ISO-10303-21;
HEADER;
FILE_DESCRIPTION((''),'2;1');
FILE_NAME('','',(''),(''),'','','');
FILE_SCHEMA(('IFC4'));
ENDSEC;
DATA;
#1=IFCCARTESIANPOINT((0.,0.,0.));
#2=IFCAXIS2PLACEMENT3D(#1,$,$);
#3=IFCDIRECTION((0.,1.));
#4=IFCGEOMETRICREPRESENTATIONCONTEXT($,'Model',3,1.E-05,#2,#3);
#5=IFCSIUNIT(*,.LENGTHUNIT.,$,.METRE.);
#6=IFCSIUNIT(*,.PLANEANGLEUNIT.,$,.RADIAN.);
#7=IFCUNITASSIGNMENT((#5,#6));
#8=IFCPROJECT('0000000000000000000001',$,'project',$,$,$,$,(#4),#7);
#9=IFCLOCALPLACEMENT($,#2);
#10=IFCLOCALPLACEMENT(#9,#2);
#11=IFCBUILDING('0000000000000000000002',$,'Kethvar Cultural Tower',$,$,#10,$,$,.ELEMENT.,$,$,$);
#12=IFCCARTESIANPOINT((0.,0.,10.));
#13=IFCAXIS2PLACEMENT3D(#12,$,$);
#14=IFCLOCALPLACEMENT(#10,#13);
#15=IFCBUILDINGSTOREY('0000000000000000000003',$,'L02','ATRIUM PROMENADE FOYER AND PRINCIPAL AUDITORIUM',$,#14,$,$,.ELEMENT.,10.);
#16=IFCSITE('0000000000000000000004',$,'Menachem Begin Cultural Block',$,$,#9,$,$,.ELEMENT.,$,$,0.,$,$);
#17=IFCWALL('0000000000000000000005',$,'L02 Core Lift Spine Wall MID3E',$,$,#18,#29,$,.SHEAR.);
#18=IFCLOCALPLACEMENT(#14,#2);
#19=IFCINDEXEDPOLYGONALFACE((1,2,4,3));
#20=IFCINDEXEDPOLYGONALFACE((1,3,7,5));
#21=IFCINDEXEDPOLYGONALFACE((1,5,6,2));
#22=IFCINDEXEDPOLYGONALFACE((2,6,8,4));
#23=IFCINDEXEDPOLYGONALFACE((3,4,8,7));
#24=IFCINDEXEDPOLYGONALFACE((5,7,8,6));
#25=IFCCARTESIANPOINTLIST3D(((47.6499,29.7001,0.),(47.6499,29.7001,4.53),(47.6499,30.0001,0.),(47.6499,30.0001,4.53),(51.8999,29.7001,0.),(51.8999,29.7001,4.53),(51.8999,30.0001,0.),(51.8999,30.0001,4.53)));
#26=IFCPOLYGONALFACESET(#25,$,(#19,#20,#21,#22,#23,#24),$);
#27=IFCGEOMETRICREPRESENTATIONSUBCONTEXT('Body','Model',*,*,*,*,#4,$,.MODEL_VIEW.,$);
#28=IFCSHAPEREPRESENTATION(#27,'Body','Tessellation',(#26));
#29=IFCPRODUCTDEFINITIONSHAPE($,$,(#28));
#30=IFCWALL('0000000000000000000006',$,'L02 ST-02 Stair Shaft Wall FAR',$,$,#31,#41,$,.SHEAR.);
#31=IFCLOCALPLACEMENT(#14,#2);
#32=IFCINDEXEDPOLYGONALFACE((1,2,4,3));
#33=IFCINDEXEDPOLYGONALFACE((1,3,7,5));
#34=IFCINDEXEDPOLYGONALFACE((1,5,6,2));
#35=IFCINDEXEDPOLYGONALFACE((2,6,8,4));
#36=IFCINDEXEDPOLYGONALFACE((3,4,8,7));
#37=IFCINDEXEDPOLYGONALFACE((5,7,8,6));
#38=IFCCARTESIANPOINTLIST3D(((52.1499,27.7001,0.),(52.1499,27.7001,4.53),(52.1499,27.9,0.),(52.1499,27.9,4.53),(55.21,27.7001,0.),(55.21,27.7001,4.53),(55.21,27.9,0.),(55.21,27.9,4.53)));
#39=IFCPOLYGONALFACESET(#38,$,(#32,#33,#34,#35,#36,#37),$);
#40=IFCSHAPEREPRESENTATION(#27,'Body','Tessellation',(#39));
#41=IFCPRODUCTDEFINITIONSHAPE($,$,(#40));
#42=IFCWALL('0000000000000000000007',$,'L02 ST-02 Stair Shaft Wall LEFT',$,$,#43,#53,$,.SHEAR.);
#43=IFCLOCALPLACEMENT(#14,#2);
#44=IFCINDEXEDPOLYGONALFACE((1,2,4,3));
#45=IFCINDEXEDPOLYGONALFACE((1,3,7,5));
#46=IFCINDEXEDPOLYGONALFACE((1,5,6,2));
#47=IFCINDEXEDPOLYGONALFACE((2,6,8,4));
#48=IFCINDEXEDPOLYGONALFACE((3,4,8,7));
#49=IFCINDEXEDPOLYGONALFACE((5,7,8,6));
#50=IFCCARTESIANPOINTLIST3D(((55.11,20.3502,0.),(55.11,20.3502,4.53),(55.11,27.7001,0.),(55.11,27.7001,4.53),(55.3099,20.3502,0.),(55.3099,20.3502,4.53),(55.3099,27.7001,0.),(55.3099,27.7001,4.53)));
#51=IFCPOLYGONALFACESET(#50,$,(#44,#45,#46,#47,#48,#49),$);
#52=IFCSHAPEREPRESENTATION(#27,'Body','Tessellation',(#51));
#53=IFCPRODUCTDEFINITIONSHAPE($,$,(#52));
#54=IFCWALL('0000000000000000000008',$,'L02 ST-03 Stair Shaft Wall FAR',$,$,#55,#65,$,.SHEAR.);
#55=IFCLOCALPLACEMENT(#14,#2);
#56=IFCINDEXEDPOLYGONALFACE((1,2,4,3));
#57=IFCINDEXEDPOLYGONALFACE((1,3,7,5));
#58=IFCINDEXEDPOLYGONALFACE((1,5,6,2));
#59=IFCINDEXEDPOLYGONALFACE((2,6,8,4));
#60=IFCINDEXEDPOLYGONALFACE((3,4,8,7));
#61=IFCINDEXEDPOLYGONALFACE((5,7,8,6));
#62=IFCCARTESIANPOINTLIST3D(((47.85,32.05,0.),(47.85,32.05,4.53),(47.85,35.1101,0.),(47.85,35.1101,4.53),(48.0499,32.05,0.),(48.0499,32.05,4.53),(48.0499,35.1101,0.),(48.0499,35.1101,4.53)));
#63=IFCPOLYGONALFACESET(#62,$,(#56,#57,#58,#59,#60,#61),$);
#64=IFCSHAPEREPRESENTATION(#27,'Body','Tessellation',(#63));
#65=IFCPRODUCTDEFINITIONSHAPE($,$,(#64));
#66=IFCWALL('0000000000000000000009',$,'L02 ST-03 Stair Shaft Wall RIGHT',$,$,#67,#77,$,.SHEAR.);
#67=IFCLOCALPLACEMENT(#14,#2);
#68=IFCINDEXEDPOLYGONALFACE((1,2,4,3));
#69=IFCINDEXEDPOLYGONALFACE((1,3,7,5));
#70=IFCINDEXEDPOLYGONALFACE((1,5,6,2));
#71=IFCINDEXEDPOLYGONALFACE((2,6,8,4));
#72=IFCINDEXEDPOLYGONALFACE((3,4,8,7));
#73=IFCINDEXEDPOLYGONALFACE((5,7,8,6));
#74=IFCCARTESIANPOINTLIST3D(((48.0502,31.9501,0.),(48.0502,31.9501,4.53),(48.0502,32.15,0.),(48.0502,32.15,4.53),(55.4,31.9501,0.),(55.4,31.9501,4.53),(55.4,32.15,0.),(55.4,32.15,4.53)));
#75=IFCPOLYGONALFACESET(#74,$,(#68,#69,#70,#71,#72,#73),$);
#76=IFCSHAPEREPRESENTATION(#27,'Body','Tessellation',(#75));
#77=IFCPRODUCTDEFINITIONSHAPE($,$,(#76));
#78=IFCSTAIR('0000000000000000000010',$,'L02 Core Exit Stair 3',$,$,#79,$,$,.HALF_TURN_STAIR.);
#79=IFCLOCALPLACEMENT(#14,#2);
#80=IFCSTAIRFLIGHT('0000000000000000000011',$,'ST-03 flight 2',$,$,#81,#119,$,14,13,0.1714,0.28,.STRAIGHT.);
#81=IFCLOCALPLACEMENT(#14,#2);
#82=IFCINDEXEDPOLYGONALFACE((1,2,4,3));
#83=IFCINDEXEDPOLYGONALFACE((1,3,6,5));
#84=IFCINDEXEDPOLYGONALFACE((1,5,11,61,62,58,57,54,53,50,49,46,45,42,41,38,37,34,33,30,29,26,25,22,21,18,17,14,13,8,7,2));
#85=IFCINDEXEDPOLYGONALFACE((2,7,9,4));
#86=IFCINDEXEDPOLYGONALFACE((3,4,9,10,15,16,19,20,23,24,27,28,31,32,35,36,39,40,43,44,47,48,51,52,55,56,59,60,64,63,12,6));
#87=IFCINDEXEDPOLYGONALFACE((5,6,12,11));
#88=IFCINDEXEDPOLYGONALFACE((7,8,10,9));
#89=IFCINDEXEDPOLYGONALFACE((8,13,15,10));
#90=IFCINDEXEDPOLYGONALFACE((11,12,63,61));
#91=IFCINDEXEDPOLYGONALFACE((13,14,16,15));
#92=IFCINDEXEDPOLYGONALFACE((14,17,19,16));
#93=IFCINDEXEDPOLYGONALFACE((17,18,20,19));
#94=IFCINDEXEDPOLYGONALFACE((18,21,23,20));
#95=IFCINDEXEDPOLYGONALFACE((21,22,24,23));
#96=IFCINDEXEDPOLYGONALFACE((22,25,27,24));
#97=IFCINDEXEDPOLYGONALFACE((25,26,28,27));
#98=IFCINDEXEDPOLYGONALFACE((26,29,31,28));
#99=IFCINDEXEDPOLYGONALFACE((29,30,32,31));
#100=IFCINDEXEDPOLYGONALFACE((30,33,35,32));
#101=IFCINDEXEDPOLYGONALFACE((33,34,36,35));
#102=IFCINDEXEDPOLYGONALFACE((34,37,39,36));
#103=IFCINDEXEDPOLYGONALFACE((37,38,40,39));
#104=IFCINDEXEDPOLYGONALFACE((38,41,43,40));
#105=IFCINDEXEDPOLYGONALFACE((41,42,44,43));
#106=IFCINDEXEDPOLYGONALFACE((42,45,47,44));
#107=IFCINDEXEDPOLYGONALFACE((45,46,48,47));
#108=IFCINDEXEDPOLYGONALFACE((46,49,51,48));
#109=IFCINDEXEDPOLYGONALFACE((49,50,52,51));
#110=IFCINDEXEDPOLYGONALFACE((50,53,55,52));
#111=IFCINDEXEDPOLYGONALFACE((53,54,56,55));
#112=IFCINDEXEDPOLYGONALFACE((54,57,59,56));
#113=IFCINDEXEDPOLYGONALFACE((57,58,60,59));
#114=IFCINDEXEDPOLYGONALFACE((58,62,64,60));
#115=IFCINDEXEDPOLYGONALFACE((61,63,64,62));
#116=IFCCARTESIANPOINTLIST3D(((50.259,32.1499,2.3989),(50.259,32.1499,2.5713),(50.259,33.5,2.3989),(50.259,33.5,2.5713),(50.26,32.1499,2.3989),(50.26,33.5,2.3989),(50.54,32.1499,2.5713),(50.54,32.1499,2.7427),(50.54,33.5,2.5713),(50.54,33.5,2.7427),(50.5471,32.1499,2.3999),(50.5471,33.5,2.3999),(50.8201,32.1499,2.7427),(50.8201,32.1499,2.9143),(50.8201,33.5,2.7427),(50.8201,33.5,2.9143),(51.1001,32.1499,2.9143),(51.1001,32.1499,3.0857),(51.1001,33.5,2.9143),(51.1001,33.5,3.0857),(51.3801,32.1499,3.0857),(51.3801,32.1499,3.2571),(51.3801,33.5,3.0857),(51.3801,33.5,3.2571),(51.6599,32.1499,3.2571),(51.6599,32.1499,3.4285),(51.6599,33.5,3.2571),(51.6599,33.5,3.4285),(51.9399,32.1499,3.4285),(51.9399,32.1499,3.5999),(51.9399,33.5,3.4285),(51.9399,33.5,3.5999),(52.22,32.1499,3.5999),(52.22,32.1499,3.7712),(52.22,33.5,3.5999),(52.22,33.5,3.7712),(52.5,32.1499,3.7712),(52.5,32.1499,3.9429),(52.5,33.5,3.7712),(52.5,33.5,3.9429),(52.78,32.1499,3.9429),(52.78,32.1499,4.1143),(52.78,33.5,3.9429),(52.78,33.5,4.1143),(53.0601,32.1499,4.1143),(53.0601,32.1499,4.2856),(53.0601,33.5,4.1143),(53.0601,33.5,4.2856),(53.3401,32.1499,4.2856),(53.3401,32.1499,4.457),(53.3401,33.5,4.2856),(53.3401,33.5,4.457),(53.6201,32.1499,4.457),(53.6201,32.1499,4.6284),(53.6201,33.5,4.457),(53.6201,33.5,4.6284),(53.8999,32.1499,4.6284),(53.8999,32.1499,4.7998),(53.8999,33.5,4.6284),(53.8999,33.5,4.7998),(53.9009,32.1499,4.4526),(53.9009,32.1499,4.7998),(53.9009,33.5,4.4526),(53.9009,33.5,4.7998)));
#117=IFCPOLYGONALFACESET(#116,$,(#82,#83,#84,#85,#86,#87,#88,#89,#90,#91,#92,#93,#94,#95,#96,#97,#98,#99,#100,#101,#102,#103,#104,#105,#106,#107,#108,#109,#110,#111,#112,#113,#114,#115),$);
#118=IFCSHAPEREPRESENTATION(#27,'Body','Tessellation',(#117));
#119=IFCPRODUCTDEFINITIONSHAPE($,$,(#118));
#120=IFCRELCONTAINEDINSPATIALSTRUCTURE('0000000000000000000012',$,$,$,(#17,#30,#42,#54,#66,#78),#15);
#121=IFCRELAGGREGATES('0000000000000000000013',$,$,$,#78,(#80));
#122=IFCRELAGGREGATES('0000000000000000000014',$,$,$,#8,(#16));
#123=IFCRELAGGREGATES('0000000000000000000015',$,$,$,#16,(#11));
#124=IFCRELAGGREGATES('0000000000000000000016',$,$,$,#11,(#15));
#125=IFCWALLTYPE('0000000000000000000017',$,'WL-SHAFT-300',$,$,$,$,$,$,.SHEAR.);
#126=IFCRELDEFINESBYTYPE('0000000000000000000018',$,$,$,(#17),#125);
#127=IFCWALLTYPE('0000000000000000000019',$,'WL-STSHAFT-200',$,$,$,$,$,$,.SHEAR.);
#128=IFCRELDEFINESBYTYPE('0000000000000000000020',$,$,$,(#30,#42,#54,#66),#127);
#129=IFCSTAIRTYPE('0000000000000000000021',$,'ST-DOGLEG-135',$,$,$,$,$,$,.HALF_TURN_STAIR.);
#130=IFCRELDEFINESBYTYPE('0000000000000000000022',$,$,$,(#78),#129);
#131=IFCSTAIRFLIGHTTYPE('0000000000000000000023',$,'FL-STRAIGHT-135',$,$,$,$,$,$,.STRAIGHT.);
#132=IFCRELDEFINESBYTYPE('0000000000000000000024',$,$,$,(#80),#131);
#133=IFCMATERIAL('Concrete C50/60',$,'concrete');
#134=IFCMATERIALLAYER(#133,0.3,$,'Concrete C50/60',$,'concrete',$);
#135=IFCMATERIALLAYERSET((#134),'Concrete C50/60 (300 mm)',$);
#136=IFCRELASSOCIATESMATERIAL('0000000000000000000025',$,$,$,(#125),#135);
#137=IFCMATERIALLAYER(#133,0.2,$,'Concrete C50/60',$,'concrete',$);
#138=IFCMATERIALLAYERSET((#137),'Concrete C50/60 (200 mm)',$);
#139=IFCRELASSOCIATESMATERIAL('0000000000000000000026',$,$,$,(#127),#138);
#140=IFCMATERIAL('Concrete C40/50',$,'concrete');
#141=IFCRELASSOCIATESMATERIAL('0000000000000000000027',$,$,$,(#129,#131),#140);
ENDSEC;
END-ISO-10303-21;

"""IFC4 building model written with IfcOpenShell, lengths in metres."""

from ifc_helpers import new_model, si_unit, direction, frame, frame_2d, origin, place, context, subcontext, project, spatial, polyline, rectangle, outline, extrude, material, layer, layer_set, type_object, element, aggregate, save


model = new_model("IFC4")

# Units and contexts
model_context = context("Model", 3, precision=1e-05, world=origin(), true_north=direction((0.0, 1.0)))
body_context = subcontext(model_context, "Body", "Model", "MODEL_VIEW")
ifc_project = project(units=[si_unit("LENGTHUNIT", "METRE"), si_unit("PLANEANGLEUNIT", "RADIAN")], contexts=[model_context])

# Site, building, storey
site_placement = place(None, origin())
site = spatial("IfcSite", under=ifc_project, at=site_placement, Name="Menachem Begin Cultural Block", CompositionType="ELEMENT", RefElevation=0.0)
building_placement = place(site_placement, origin())
building = spatial("IfcBuilding", under=site, at=building_placement, Name="Kethvar Cultural Tower", CompositionType="ELEMENT")
storey_placement = place(building_placement, frame((0.0, 0.0, 10.0)))
storey = spatial("IfcBuildingStorey", under=building, at=storey_placement, Name="L02", Description="ATRIUM PROMENADE FOYER AND PRINCIPAL AUDITORIUM", CompositionType="ELEMENT", Elevation=10.0)

# Walls
ifc_material_1 = material(Name="Concrete C40/50", Category="concrete")
ifc_material_2 = material(Name="Concrete C50/60", Category="concrete")
ifc_layer_1 = layer(ifc_material_2, 0.3, Name="Concrete C50/60", Category="concrete")
ifc_layer_set_1 = layer_set([ifc_layer_1], Name="Concrete C50/60 (300 mm)")
wall_type_1 = type_object("IfcWallType", Name="WL-SHAFT-300", PredefinedType="SHEAR", material=ifc_layer_set_1)
for number, where, z_axis, x_axis, name in (
    (1, (47.6499, 29.8501, 0.0), (0.0, 0.0, 1.0), (1.0, 0.0, 0.0), "L02 Core Lift Spine Wall MID3E"),
):
    element("IfcWall", number, at=place(storey_placement, frame(where, z_axis=z_axis, x_axis=x_axis)), inside=storey, type_object=wall_type_1, Name=name, PredefinedType="SHEAR", context=body_context, shape_type="SweptSolid", body=[
        extrude(rectangle(XDim=4.25, YDim=0.3, at=frame_2d((2.125, 0.0))), origin(), (0.0, 0.0, 1.0), 4.53),
    ])
ifc_layer_2 = layer(ifc_material_2, 0.2, Name="Concrete C50/60", Category="concrete")
ifc_layer_set_2 = layer_set([ifc_layer_2], Name="Concrete C50/60 (200 mm)")
wall_type_2 = type_object("IfcWallType", Name="WL-STSHAFT-200", PredefinedType="SHEAR", material=ifc_layer_set_2)
wall_1_placement = place(storey_placement, frame((52.1499, 27.8, 0.0), z_axis=(0.0, 0.0, 1.0), x_axis=(1.0, 0.0, 0.0)))
element("IfcWall", 2, at=wall_1_placement, inside=storey, type_object=wall_type_2, Name="L02 ST-02 Stair Shaft Wall FAR", PredefinedType="SHEAR", context=body_context, shape_type="SweptSolid", body=[
    extrude(rectangle(XDim=3.0601, YDim=0.2, at=frame_2d((1.53, 0.0))), origin(), (0.0, 0.0, 1.0), 4.53),
])
wall_2_placement = place(storey_placement, frame((55.21, 27.7, 0.0), z_axis=(0.0, 0.0, 1.0), x_axis=(0.0, -1.0, 0.0)))
element("IfcWall", 3, at=wall_2_placement, inside=storey, type_object=wall_type_2, Name="L02 ST-02 Stair Shaft Wall LEFT", PredefinedType="SHEAR", context=body_context, shape_type="SweptSolid", body=[
    extrude(rectangle(XDim=7.3499, YDim=0.2, at=frame_2d((3.6748, 0.0))), origin(), (0.0, 0.0, 1.0), 4.53),
])
wall_3_placement = place(storey_placement, frame((47.95, 32.05, 0.0), z_axis=(0.0, 0.0, 1.0), x_axis=(0.0, 1.0, 0.0)))
element("IfcWall", 4, at=wall_3_placement, inside=storey, type_object=wall_type_2, Name="L02 ST-03 Stair Shaft Wall FAR", PredefinedType="SHEAR", context=body_context, shape_type="SweptSolid", body=[
    extrude(rectangle(XDim=3.0601, YDim=0.2, at=frame_2d((1.53, 0.0))), origin(), (0.0, 0.0, 1.0), 4.53),
])
wall_4_placement = place(storey_placement, frame((55.3999, 32.05, 0.0), z_axis=(0.0, 0.0, 1.0), x_axis=(-1.0, 0.0, 0.0)))
element("IfcWall", 5, at=wall_4_placement, inside=storey, type_object=wall_type_2, Name="L02 ST-03 Stair Shaft Wall RIGHT", PredefinedType="SHEAR", context=body_context, shape_type="SweptSolid", body=[
    extrude(rectangle(XDim=7.3499, YDim=0.2, at=frame_2d((3.6748, 0.0))), origin(), (0.0, 0.0, 1.0), 4.53),
])

# Stair, stair flight
stair_type = type_object("IfcStairType", Name="ST-DOGLEG-135", PredefinedType="HALF_TURN_STAIR", material=ifc_material_1)
stair_placement = place(storey_placement, origin())
stair = element("IfcStair", 6, at=stair_placement, inside=storey, type_object=stair_type, Name="L02 Core Exit Stair 3", PredefinedType="HALF_TURN_STAIR")
stair_flight_type = type_object("IfcStairFlightType", Name="FL-STRAIGHT-135", PredefinedType="STRAIGHT", material=ifc_material_1)
stair_flight_placement = place(storey_placement, frame((50.26, 32.825, 2.3999), z_axis=(0.0, 0.0, 1.0), x_axis=(1.0, 0.0, 0.0)))
stair_flight = element("IfcStairFlight", 7, at=stair_flight_placement, type_object=stair_flight_type, Name="ST-03 flight 2", NumberOfRisers=14, NumberOfTreads=13, PredefinedType="STRAIGHT", RiserHeight=0.1714, TreadLength=0.28, context=body_context, shape_type="SweptSolid", body=[
    extrude(outline(polyline([(-0.001, -0.001), (-0.001, 0.1714), (0.28, 0.1714), (0.28, 0.3428), (0.5601, 0.3428), (0.5601, 0.5144), (0.8401, 0.5144), (0.8401, 0.6858), (1.1201, 0.6858), (1.1201, 0.8572), (1.3999, 0.8572), (1.3999, 1.0286), (1.6799, 1.0286), (1.6799, 1.2), (1.96, 1.2), (1.96, 1.3713), (2.24, 1.3713), (2.24, 1.543), (2.52, 1.543), (2.52, 1.7144), (2.8, 1.7144), (2.8, 1.8857), (3.0801, 1.8857), (3.0801, 2.0571), (3.3601, 2.0571), (3.3601, 2.2285), (3.6399, 2.2285), (3.6399, 2.3999), (3.6409, 2.3999), (3.6409, 2.0527), (0.2871, 0.0), (0.0, -0.001), (-0.001, -0.001)])), frame((0.0, 0.675, 0.0), z_axis=(0.0, -1.0, 0.0), x_axis=(1.0, 0.0, 0.0)), (0.0, 0.0, 1.0), 1.3501),
])
aggregate(stair, [stair_flight])

save(model, "model.ifc")
